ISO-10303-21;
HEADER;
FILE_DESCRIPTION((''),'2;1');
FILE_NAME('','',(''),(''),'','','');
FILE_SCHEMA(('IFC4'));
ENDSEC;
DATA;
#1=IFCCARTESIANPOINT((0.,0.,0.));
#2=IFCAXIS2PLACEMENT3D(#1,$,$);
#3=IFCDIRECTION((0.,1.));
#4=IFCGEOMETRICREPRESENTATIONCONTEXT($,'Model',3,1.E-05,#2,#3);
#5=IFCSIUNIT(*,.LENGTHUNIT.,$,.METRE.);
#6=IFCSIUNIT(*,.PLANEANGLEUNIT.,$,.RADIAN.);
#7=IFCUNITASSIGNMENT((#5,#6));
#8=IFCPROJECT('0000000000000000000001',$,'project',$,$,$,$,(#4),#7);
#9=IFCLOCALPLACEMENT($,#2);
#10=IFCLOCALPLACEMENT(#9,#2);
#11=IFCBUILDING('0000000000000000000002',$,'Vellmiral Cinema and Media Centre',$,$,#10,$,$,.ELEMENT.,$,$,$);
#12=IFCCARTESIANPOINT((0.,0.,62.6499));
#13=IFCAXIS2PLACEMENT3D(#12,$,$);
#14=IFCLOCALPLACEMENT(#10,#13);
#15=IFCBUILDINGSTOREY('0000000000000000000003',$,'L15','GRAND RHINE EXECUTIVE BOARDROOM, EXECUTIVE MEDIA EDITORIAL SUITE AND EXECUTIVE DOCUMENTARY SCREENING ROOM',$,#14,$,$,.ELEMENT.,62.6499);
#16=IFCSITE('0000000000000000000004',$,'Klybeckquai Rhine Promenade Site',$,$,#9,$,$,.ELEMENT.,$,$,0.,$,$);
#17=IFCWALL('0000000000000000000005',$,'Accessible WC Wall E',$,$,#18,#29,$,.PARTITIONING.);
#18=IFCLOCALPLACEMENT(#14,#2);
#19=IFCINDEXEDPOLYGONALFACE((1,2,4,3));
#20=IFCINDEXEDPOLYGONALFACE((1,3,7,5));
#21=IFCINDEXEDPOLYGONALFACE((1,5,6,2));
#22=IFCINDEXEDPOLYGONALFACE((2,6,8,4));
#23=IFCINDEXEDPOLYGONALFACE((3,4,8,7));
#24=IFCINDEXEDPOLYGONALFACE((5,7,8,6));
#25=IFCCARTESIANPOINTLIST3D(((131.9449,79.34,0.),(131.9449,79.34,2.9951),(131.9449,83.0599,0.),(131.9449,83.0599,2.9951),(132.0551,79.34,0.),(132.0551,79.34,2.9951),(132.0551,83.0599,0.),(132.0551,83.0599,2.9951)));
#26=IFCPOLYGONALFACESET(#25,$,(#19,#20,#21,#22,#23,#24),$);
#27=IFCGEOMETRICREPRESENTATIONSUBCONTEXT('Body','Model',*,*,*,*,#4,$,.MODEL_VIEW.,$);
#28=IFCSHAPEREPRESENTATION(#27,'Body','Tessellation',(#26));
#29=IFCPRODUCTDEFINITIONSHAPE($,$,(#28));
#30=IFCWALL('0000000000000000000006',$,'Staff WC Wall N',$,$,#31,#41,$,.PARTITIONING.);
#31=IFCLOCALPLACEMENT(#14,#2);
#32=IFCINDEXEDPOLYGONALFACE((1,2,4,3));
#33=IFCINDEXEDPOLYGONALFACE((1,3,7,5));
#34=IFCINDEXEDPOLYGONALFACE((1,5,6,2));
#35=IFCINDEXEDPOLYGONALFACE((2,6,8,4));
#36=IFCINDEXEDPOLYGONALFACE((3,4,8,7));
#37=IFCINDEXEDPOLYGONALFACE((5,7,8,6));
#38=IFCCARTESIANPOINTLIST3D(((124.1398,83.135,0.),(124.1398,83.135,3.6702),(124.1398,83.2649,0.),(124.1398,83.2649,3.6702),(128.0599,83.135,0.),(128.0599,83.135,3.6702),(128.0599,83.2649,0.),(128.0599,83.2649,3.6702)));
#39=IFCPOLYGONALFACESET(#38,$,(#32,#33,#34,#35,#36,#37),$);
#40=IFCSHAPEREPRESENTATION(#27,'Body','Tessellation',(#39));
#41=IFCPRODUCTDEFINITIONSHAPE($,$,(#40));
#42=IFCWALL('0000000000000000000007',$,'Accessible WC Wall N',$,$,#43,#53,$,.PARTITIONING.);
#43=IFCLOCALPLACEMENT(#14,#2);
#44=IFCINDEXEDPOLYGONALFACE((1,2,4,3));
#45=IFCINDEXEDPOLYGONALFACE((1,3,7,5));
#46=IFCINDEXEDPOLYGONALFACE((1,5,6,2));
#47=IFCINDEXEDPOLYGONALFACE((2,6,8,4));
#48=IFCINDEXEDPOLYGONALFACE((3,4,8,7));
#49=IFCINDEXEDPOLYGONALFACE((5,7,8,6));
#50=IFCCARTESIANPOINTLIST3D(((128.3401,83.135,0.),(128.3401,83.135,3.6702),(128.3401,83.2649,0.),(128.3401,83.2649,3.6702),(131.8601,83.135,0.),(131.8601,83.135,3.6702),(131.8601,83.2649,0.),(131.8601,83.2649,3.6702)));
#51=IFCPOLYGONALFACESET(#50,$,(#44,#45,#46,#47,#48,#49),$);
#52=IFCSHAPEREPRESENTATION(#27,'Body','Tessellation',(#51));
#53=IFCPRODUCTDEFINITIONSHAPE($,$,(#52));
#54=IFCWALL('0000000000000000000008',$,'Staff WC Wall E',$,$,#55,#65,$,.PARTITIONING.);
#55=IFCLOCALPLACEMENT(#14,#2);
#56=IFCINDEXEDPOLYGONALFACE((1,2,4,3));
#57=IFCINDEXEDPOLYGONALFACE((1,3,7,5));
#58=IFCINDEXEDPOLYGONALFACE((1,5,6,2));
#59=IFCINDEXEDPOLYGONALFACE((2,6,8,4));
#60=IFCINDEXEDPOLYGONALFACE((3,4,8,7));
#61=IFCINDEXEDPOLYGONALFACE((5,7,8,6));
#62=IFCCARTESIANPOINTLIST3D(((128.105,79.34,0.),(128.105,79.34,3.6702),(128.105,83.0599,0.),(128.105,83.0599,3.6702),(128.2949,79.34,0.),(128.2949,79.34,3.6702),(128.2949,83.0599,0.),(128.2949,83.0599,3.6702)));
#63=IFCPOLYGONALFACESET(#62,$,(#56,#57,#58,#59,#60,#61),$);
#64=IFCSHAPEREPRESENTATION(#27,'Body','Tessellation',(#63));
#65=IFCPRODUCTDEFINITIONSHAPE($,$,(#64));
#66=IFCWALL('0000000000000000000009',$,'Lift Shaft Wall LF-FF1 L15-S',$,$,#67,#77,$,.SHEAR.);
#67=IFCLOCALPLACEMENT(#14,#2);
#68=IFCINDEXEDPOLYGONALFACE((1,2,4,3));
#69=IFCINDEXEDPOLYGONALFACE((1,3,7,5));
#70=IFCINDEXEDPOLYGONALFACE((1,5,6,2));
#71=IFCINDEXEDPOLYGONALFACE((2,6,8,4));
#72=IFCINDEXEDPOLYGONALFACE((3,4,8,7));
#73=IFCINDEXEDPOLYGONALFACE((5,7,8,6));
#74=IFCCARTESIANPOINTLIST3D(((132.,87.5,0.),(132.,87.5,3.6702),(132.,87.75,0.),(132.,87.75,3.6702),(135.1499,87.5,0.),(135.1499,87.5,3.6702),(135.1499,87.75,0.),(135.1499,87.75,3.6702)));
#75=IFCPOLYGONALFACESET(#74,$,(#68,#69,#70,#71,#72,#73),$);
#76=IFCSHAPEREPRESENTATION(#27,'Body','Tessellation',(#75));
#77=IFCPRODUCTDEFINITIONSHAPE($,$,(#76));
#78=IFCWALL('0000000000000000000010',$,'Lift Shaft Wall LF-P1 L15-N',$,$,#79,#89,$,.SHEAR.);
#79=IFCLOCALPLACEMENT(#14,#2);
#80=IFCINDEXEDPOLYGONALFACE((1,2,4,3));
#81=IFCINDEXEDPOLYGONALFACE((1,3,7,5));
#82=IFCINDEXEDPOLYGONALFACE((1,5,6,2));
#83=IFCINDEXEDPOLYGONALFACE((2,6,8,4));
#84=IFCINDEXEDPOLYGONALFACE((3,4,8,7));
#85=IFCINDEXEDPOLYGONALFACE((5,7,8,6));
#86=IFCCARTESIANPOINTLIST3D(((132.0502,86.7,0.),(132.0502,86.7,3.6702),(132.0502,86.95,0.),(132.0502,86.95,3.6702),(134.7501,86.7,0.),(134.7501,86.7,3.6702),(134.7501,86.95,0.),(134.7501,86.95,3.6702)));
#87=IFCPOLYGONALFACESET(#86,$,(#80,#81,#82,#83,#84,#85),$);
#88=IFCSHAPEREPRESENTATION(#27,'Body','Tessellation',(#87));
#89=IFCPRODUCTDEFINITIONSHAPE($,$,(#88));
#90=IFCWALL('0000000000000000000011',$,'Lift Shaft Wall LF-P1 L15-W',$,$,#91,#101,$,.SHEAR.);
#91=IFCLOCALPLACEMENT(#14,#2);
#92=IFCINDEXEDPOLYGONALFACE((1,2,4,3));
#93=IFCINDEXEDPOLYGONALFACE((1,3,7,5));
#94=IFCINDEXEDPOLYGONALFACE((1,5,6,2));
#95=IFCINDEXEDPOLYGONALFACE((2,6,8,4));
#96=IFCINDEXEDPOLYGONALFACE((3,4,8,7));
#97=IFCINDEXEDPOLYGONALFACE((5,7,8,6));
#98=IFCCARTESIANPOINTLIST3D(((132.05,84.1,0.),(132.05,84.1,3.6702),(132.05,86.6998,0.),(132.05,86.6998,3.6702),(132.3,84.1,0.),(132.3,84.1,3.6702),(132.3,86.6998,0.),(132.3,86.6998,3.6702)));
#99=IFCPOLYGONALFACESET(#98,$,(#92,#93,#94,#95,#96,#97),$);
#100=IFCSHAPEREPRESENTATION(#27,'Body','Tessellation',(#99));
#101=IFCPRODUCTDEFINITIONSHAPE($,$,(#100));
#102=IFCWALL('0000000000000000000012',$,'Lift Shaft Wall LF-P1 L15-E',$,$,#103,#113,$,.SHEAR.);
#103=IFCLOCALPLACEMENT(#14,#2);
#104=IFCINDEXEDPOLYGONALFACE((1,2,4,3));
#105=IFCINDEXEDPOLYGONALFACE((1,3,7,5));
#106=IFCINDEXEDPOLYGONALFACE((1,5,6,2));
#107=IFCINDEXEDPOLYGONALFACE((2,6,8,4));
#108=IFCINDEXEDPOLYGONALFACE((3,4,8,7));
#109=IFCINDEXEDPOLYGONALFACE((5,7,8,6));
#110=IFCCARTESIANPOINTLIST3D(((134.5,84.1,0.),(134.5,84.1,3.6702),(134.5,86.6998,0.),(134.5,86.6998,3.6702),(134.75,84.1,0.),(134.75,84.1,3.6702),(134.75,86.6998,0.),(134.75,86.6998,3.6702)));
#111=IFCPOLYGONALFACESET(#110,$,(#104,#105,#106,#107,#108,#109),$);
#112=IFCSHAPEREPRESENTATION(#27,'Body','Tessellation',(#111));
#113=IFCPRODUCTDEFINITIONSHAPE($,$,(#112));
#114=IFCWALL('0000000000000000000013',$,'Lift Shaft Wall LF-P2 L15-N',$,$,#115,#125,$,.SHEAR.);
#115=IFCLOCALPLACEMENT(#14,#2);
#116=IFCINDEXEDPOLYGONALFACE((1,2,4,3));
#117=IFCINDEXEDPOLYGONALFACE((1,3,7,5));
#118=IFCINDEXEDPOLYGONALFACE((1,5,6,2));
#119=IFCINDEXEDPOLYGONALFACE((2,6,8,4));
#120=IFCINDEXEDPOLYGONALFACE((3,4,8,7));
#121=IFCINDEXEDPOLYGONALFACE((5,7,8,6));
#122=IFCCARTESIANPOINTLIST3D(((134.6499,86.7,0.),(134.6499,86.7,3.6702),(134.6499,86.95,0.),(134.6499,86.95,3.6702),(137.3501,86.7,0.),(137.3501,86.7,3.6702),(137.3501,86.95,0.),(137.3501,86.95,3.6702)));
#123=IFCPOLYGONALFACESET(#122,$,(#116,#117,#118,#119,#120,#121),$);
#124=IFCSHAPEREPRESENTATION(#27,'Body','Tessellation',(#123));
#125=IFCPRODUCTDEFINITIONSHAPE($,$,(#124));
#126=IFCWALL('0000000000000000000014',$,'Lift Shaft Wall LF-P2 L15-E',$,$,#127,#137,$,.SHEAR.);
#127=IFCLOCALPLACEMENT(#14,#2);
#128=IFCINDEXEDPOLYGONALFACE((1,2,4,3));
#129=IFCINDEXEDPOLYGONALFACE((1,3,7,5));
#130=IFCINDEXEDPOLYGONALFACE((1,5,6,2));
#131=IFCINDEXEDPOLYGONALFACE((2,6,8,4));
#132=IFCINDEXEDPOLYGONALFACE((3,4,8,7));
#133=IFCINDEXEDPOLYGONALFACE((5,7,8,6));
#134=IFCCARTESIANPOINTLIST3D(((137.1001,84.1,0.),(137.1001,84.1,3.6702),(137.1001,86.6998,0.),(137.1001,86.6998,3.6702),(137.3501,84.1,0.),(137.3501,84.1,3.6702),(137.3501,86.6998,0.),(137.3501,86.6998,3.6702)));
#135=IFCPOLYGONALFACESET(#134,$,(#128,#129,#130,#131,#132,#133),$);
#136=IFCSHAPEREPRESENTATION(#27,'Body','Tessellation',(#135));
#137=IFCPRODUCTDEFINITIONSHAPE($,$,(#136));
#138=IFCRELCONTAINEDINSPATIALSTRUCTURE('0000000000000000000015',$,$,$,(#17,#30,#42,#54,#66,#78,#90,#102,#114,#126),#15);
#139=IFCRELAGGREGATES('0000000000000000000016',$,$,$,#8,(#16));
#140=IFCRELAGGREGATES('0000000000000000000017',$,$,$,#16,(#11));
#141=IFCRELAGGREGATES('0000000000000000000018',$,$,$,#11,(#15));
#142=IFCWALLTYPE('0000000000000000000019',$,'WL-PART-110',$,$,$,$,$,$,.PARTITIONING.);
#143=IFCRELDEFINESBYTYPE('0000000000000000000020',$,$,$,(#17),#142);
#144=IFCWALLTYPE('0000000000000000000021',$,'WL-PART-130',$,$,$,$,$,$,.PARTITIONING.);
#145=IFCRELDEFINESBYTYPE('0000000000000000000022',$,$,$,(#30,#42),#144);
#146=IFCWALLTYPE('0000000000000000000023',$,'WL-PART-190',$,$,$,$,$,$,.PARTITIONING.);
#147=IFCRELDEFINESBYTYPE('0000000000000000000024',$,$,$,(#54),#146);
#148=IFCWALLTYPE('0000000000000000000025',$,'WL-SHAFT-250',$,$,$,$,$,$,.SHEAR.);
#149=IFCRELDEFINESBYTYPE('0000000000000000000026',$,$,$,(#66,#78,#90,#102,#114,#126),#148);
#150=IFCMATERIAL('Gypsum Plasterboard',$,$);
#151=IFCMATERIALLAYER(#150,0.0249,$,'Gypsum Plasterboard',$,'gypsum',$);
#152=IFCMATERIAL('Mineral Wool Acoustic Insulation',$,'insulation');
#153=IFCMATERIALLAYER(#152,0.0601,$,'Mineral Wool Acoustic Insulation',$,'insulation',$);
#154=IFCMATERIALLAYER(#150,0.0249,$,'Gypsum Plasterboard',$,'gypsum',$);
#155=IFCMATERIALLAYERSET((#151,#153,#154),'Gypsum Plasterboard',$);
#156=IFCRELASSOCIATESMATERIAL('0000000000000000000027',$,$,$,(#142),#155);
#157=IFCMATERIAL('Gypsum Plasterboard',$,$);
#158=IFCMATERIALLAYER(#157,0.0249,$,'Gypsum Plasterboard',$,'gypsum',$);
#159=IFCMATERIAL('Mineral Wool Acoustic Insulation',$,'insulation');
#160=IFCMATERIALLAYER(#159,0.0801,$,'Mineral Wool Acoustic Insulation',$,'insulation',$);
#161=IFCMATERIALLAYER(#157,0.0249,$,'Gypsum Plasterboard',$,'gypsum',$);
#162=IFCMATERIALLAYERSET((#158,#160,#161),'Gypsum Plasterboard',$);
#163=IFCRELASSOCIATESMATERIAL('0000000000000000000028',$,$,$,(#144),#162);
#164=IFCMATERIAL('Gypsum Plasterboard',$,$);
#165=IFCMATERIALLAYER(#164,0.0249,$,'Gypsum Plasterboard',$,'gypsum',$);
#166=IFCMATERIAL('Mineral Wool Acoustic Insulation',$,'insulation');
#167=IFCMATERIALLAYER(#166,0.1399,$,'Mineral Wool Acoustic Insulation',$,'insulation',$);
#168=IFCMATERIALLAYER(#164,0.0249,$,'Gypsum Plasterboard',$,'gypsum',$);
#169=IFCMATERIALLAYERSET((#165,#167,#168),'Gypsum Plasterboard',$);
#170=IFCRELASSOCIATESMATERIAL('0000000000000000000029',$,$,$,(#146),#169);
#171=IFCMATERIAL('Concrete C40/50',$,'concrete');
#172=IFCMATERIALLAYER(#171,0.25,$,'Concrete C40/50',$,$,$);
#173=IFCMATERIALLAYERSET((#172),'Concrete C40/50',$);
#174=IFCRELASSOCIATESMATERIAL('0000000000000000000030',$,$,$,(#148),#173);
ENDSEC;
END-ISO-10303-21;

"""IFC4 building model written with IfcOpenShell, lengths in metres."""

from ifc_helpers import new_model, si_unit, direction, frame, frame_2d, origin, place, context, subcontext, project, spatial, rectangle, extrude, material, layer, layer_set, type_object, element, save


model = new_model("IFC4")

# Units and contexts
model_context = context("Model", 3, precision=1e-05, world=origin(), true_north=direction((0.0, 1.0)))
body_context = subcontext(model_context, "Body", "Model", "MODEL_VIEW")
ifc_project = project(units=[si_unit("LENGTHUNIT", "METRE"), si_unit("PLANEANGLEUNIT", "RADIAN")], contexts=[model_context])

# Site, building, storey
site_placement = place(None, origin())
site = spatial("IfcSite", under=ifc_project, at=site_placement, Name="Klybeckquai Rhine Promenade Site", CompositionType="ELEMENT", RefElevation=0.0)
building_placement = place(site_placement, origin())
building = spatial("IfcBuilding", under=site, at=building_placement, Name="Vellmiral Cinema and Media Centre", CompositionType="ELEMENT")
storey_placement = place(building_placement, frame((0.0, 0.0, 62.6499)))
storey = spatial("IfcBuildingStorey", under=building, at=storey_placement, Name="L15", Description="GRAND RHINE EXECUTIVE BOARDROOM, EXECUTIVE MEDIA EDITORIAL SUITE AND EXECUTIVE DOCUMENTARY SCREENING ROOM", CompositionType="ELEMENT", Elevation=62.6499)

# Walls
ifc_material_1 = material(Name="Gypsum Plasterboard")
ifc_layer_1 = layer(ifc_material_1, 0.0249, Name="Gypsum Plasterboard", Category="gypsum")
ifc_material_2 = material(Name="Mineral Wool Acoustic Insulation", Category="insulation")
ifc_layer_2 = layer(ifc_material_2, 0.0601, Name="Mineral Wool Acoustic Insulation", Category="insulation")
ifc_layer_3 = layer(ifc_material_1, 0.0249, Name="Gypsum Plasterboard", Category="gypsum")
ifc_layer_set_1 = layer_set([ifc_layer_1, ifc_layer_2, ifc_layer_3], Name="Gypsum Plasterboard")
wall_type_1 = type_object("IfcWallType", Name="WL-PART-110", PredefinedType="PARTITIONING", material=ifc_layer_set_1)
wall_1_placement = place(storey_placement, frame((132.0, 79.3401, 0.0), z_axis=(0.0, 0.0, 1.0), x_axis=(0.0, 1.0, 0.0)))
element("IfcWall", 1, at=wall_1_placement, inside=storey, type_object=wall_type_1, Name="Accessible WC Wall E", PredefinedType="PARTITIONING", context=body_context, shape_type="SweptSolid", body=[
    extrude(rectangle(XDim=3.72, YDim=0.1101, at=frame_2d((1.8599, 0.0))), origin(), (0.0, 0.0, 1.0), 2.9951),
])
ifc_material_3 = material(Name="Gypsum Plasterboard")
ifc_layer_4 = layer(ifc_material_3, 0.0249, Name="Gypsum Plasterboard", Category="gypsum")
ifc_material_4 = material(Name="Mineral Wool Acoustic Insulation", Category="insulation")
ifc_layer_5 = layer(ifc_material_4, 0.0801, Name="Mineral Wool Acoustic Insulation", Category="insulation")
ifc_layer_6 = layer(ifc_material_3, 0.0249, Name="Gypsum Plasterboard", Category="gypsum")
ifc_layer_set_2 = layer_set([ifc_layer_4, ifc_layer_5, ifc_layer_6], Name="Gypsum Plasterboard")
wall_type_2 = type_object("IfcWallType", Name="WL-PART-130", PredefinedType="PARTITIONING", material=ifc_layer_set_2)
wall_2_placement = place(storey_placement, frame((124.1399, 83.2, 0.0), z_axis=(0.0, 0.0, 1.0), x_axis=(1.0, 0.0, 0.0)))
element("IfcWall", 2, at=wall_2_placement, inside=storey, type_object=wall_type_2, Name="Staff WC Wall N", PredefinedType="PARTITIONING", context=body_context, shape_type="SweptSolid", body=[
    extrude(rectangle(XDim=3.9202, YDim=0.1299, at=frame_2d((1.96, 0.0))), origin(), (0.0, 0.0, 1.0), 3.6702),
])
wall_3_placement = place(storey_placement, frame((128.3401, 83.2, 0.0), z_axis=(0.0, 0.0, 1.0), x_axis=(1.0, 0.0, 0.0)))
element("IfcWall", 3, at=wall_3_placement, inside=storey, type_object=wall_type_2, Name="Accessible WC Wall N", PredefinedType="PARTITIONING", context=body_context, shape_type="SweptSolid", body=[
    extrude(rectangle(XDim=3.52, YDim=0.1299, at=frame_2d((1.76, 0.0))), origin(), (0.0, 0.0, 1.0), 3.6702),
])
ifc_material_5 = material(Name="Gypsum Plasterboard")
ifc_layer_7 = layer(ifc_material_5, 0.0249, Name="Gypsum Plasterboard", Category="gypsum")
ifc_material_6 = material(Name="Mineral Wool Acoustic Insulation", Category="insulation")
ifc_layer_8 = layer(ifc_material_6, 0.1399, Name="Mineral Wool Acoustic Insulation", Category="insulation")
ifc_layer_9 = layer(ifc_material_5, 0.0249, Name="Gypsum Plasterboard", Category="gypsum")
ifc_layer_set_3 = layer_set([ifc_layer_7, ifc_layer_8, ifc_layer_9], Name="Gypsum Plasterboard")
wall_type_3 = type_object("IfcWallType", Name="WL-PART-190", PredefinedType="PARTITIONING", material=ifc_layer_set_3)
wall_4_placement = place(storey_placement, frame((128.2, 79.3401, 0.0), z_axis=(0.0, 0.0, 1.0), x_axis=(0.0, 1.0, 0.0)))
element("IfcWall", 4, at=wall_4_placement, inside=storey, type_object=wall_type_3, Name="Staff WC Wall E", PredefinedType="PARTITIONING", context=body_context, shape_type="SweptSolid", body=[
    extrude(rectangle(XDim=3.72, YDim=0.1899, at=frame_2d((1.8599, 0.0))), origin(), (0.0, 0.0, 1.0), 3.6702),
])
ifc_material_7 = material(Name="Concrete C40/50", Category="concrete")
ifc_layer_10 = layer(ifc_material_7, 0.25, Name="Concrete C40/50")
ifc_layer_set_4 = layer_set([ifc_layer_10], Name="Concrete C40/50")
wall_type_4 = type_object("IfcWallType", Name="WL-SHAFT-250", PredefinedType="SHEAR", material=ifc_layer_set_4)
wall_5_placement = place(storey_placement, frame((132.0, 87.625, 0.0), z_axis=(0.0, 0.0, 1.0), x_axis=(1.0, 0.0, 0.0)))
element("IfcWall", 5, at=wall_5_placement, inside=storey, type_object=wall_type_4, Name="Lift Shaft Wall LF-FF1 L15-S", PredefinedType="SHEAR", context=body_context, shape_type="SweptSolid", body=[
    extrude(rectangle(XDim=3.1499, YDim=0.25, at=frame_2d((1.575, 0.0))), origin(), (0.0, 0.0, 1.0), 3.6702),
])

# Walls
wall_6_placement = place(storey_placement, frame((132.05, 86.825, 0.0), z_axis=(0.0, 0.0, 1.0), x_axis=(1.0, 0.0, 0.0)))
element("IfcWall", 6, at=wall_6_placement, inside=storey, type_object=wall_type_4, Name="Lift Shaft Wall LF-P1 L15-N", PredefinedType="SHEAR", context=body_context, shape_type="SweptSolid", body=[
    extrude(rectangle(XDim=2.7, YDim=0.25, at=frame_2d((1.3501, 0.0))), origin(), (0.0, 0.0, 1.0), 3.6702),
])
for number, where, z_axis, x_axis, name in (
    (7, (132.175, 84.1001, 0.0), (0.0, 0.0, 1.0), (0.0, 1.0, 0.0), "Lift Shaft Wall LF-P1 L15-W"),
    (8, (134.625, 84.1001, 0.0), (0.0, 0.0, 1.0), (0.0, 1.0, 0.0), "Lift Shaft Wall LF-P1 L15-E"),
):
    element("IfcWall", number, at=place(storey_placement, frame(where, z_axis=z_axis, x_axis=x_axis)), inside=storey, type_object=wall_type_4, Name=name, PredefinedType="SHEAR", context=body_context, shape_type="SweptSolid", body=[
        extrude(rectangle(XDim=2.5999, YDim=0.25, at=frame_2d((1.2998, 0.0))), origin(), (0.0, 0.0, 1.0), 3.6702),
    ])

# Walls
wall_7_placement = place(storey_placement, frame((134.6499, 86.825, 0.0), z_axis=(0.0, 0.0, 1.0), x_axis=(1.0, 0.0, 0.0)))
element("IfcWall", 9, at=wall_7_placement, inside=storey, type_object=wall_type_4, Name="Lift Shaft Wall LF-P2 L15-N", PredefinedType="SHEAR", context=body_context, shape_type="SweptSolid", body=[
    extrude(rectangle(XDim=2.7002, YDim=0.25, at=frame_2d((1.3501, 0.0))), origin(), (0.0, 0.0, 1.0), 3.6702),
])
wall_8_placement = place(storey_placement, frame((137.2251, 84.1001, 0.0), z_axis=(0.0, 0.0, 1.0), x_axis=(0.0, 1.0, 0.0)))
element("IfcWall", 10, at=wall_8_placement, inside=storey, type_object=wall_type_4, Name="Lift Shaft Wall LF-P2 L15-E", PredefinedType="SHEAR", context=body_context, shape_type="SweptSolid", body=[
    extrude(rectangle(XDim=2.5999, YDim=0.25, at=frame_2d((1.2998, 0.0))), origin(), (0.0, 0.0, 1.0), 3.6702),
])

save(model, "model.ifc")
